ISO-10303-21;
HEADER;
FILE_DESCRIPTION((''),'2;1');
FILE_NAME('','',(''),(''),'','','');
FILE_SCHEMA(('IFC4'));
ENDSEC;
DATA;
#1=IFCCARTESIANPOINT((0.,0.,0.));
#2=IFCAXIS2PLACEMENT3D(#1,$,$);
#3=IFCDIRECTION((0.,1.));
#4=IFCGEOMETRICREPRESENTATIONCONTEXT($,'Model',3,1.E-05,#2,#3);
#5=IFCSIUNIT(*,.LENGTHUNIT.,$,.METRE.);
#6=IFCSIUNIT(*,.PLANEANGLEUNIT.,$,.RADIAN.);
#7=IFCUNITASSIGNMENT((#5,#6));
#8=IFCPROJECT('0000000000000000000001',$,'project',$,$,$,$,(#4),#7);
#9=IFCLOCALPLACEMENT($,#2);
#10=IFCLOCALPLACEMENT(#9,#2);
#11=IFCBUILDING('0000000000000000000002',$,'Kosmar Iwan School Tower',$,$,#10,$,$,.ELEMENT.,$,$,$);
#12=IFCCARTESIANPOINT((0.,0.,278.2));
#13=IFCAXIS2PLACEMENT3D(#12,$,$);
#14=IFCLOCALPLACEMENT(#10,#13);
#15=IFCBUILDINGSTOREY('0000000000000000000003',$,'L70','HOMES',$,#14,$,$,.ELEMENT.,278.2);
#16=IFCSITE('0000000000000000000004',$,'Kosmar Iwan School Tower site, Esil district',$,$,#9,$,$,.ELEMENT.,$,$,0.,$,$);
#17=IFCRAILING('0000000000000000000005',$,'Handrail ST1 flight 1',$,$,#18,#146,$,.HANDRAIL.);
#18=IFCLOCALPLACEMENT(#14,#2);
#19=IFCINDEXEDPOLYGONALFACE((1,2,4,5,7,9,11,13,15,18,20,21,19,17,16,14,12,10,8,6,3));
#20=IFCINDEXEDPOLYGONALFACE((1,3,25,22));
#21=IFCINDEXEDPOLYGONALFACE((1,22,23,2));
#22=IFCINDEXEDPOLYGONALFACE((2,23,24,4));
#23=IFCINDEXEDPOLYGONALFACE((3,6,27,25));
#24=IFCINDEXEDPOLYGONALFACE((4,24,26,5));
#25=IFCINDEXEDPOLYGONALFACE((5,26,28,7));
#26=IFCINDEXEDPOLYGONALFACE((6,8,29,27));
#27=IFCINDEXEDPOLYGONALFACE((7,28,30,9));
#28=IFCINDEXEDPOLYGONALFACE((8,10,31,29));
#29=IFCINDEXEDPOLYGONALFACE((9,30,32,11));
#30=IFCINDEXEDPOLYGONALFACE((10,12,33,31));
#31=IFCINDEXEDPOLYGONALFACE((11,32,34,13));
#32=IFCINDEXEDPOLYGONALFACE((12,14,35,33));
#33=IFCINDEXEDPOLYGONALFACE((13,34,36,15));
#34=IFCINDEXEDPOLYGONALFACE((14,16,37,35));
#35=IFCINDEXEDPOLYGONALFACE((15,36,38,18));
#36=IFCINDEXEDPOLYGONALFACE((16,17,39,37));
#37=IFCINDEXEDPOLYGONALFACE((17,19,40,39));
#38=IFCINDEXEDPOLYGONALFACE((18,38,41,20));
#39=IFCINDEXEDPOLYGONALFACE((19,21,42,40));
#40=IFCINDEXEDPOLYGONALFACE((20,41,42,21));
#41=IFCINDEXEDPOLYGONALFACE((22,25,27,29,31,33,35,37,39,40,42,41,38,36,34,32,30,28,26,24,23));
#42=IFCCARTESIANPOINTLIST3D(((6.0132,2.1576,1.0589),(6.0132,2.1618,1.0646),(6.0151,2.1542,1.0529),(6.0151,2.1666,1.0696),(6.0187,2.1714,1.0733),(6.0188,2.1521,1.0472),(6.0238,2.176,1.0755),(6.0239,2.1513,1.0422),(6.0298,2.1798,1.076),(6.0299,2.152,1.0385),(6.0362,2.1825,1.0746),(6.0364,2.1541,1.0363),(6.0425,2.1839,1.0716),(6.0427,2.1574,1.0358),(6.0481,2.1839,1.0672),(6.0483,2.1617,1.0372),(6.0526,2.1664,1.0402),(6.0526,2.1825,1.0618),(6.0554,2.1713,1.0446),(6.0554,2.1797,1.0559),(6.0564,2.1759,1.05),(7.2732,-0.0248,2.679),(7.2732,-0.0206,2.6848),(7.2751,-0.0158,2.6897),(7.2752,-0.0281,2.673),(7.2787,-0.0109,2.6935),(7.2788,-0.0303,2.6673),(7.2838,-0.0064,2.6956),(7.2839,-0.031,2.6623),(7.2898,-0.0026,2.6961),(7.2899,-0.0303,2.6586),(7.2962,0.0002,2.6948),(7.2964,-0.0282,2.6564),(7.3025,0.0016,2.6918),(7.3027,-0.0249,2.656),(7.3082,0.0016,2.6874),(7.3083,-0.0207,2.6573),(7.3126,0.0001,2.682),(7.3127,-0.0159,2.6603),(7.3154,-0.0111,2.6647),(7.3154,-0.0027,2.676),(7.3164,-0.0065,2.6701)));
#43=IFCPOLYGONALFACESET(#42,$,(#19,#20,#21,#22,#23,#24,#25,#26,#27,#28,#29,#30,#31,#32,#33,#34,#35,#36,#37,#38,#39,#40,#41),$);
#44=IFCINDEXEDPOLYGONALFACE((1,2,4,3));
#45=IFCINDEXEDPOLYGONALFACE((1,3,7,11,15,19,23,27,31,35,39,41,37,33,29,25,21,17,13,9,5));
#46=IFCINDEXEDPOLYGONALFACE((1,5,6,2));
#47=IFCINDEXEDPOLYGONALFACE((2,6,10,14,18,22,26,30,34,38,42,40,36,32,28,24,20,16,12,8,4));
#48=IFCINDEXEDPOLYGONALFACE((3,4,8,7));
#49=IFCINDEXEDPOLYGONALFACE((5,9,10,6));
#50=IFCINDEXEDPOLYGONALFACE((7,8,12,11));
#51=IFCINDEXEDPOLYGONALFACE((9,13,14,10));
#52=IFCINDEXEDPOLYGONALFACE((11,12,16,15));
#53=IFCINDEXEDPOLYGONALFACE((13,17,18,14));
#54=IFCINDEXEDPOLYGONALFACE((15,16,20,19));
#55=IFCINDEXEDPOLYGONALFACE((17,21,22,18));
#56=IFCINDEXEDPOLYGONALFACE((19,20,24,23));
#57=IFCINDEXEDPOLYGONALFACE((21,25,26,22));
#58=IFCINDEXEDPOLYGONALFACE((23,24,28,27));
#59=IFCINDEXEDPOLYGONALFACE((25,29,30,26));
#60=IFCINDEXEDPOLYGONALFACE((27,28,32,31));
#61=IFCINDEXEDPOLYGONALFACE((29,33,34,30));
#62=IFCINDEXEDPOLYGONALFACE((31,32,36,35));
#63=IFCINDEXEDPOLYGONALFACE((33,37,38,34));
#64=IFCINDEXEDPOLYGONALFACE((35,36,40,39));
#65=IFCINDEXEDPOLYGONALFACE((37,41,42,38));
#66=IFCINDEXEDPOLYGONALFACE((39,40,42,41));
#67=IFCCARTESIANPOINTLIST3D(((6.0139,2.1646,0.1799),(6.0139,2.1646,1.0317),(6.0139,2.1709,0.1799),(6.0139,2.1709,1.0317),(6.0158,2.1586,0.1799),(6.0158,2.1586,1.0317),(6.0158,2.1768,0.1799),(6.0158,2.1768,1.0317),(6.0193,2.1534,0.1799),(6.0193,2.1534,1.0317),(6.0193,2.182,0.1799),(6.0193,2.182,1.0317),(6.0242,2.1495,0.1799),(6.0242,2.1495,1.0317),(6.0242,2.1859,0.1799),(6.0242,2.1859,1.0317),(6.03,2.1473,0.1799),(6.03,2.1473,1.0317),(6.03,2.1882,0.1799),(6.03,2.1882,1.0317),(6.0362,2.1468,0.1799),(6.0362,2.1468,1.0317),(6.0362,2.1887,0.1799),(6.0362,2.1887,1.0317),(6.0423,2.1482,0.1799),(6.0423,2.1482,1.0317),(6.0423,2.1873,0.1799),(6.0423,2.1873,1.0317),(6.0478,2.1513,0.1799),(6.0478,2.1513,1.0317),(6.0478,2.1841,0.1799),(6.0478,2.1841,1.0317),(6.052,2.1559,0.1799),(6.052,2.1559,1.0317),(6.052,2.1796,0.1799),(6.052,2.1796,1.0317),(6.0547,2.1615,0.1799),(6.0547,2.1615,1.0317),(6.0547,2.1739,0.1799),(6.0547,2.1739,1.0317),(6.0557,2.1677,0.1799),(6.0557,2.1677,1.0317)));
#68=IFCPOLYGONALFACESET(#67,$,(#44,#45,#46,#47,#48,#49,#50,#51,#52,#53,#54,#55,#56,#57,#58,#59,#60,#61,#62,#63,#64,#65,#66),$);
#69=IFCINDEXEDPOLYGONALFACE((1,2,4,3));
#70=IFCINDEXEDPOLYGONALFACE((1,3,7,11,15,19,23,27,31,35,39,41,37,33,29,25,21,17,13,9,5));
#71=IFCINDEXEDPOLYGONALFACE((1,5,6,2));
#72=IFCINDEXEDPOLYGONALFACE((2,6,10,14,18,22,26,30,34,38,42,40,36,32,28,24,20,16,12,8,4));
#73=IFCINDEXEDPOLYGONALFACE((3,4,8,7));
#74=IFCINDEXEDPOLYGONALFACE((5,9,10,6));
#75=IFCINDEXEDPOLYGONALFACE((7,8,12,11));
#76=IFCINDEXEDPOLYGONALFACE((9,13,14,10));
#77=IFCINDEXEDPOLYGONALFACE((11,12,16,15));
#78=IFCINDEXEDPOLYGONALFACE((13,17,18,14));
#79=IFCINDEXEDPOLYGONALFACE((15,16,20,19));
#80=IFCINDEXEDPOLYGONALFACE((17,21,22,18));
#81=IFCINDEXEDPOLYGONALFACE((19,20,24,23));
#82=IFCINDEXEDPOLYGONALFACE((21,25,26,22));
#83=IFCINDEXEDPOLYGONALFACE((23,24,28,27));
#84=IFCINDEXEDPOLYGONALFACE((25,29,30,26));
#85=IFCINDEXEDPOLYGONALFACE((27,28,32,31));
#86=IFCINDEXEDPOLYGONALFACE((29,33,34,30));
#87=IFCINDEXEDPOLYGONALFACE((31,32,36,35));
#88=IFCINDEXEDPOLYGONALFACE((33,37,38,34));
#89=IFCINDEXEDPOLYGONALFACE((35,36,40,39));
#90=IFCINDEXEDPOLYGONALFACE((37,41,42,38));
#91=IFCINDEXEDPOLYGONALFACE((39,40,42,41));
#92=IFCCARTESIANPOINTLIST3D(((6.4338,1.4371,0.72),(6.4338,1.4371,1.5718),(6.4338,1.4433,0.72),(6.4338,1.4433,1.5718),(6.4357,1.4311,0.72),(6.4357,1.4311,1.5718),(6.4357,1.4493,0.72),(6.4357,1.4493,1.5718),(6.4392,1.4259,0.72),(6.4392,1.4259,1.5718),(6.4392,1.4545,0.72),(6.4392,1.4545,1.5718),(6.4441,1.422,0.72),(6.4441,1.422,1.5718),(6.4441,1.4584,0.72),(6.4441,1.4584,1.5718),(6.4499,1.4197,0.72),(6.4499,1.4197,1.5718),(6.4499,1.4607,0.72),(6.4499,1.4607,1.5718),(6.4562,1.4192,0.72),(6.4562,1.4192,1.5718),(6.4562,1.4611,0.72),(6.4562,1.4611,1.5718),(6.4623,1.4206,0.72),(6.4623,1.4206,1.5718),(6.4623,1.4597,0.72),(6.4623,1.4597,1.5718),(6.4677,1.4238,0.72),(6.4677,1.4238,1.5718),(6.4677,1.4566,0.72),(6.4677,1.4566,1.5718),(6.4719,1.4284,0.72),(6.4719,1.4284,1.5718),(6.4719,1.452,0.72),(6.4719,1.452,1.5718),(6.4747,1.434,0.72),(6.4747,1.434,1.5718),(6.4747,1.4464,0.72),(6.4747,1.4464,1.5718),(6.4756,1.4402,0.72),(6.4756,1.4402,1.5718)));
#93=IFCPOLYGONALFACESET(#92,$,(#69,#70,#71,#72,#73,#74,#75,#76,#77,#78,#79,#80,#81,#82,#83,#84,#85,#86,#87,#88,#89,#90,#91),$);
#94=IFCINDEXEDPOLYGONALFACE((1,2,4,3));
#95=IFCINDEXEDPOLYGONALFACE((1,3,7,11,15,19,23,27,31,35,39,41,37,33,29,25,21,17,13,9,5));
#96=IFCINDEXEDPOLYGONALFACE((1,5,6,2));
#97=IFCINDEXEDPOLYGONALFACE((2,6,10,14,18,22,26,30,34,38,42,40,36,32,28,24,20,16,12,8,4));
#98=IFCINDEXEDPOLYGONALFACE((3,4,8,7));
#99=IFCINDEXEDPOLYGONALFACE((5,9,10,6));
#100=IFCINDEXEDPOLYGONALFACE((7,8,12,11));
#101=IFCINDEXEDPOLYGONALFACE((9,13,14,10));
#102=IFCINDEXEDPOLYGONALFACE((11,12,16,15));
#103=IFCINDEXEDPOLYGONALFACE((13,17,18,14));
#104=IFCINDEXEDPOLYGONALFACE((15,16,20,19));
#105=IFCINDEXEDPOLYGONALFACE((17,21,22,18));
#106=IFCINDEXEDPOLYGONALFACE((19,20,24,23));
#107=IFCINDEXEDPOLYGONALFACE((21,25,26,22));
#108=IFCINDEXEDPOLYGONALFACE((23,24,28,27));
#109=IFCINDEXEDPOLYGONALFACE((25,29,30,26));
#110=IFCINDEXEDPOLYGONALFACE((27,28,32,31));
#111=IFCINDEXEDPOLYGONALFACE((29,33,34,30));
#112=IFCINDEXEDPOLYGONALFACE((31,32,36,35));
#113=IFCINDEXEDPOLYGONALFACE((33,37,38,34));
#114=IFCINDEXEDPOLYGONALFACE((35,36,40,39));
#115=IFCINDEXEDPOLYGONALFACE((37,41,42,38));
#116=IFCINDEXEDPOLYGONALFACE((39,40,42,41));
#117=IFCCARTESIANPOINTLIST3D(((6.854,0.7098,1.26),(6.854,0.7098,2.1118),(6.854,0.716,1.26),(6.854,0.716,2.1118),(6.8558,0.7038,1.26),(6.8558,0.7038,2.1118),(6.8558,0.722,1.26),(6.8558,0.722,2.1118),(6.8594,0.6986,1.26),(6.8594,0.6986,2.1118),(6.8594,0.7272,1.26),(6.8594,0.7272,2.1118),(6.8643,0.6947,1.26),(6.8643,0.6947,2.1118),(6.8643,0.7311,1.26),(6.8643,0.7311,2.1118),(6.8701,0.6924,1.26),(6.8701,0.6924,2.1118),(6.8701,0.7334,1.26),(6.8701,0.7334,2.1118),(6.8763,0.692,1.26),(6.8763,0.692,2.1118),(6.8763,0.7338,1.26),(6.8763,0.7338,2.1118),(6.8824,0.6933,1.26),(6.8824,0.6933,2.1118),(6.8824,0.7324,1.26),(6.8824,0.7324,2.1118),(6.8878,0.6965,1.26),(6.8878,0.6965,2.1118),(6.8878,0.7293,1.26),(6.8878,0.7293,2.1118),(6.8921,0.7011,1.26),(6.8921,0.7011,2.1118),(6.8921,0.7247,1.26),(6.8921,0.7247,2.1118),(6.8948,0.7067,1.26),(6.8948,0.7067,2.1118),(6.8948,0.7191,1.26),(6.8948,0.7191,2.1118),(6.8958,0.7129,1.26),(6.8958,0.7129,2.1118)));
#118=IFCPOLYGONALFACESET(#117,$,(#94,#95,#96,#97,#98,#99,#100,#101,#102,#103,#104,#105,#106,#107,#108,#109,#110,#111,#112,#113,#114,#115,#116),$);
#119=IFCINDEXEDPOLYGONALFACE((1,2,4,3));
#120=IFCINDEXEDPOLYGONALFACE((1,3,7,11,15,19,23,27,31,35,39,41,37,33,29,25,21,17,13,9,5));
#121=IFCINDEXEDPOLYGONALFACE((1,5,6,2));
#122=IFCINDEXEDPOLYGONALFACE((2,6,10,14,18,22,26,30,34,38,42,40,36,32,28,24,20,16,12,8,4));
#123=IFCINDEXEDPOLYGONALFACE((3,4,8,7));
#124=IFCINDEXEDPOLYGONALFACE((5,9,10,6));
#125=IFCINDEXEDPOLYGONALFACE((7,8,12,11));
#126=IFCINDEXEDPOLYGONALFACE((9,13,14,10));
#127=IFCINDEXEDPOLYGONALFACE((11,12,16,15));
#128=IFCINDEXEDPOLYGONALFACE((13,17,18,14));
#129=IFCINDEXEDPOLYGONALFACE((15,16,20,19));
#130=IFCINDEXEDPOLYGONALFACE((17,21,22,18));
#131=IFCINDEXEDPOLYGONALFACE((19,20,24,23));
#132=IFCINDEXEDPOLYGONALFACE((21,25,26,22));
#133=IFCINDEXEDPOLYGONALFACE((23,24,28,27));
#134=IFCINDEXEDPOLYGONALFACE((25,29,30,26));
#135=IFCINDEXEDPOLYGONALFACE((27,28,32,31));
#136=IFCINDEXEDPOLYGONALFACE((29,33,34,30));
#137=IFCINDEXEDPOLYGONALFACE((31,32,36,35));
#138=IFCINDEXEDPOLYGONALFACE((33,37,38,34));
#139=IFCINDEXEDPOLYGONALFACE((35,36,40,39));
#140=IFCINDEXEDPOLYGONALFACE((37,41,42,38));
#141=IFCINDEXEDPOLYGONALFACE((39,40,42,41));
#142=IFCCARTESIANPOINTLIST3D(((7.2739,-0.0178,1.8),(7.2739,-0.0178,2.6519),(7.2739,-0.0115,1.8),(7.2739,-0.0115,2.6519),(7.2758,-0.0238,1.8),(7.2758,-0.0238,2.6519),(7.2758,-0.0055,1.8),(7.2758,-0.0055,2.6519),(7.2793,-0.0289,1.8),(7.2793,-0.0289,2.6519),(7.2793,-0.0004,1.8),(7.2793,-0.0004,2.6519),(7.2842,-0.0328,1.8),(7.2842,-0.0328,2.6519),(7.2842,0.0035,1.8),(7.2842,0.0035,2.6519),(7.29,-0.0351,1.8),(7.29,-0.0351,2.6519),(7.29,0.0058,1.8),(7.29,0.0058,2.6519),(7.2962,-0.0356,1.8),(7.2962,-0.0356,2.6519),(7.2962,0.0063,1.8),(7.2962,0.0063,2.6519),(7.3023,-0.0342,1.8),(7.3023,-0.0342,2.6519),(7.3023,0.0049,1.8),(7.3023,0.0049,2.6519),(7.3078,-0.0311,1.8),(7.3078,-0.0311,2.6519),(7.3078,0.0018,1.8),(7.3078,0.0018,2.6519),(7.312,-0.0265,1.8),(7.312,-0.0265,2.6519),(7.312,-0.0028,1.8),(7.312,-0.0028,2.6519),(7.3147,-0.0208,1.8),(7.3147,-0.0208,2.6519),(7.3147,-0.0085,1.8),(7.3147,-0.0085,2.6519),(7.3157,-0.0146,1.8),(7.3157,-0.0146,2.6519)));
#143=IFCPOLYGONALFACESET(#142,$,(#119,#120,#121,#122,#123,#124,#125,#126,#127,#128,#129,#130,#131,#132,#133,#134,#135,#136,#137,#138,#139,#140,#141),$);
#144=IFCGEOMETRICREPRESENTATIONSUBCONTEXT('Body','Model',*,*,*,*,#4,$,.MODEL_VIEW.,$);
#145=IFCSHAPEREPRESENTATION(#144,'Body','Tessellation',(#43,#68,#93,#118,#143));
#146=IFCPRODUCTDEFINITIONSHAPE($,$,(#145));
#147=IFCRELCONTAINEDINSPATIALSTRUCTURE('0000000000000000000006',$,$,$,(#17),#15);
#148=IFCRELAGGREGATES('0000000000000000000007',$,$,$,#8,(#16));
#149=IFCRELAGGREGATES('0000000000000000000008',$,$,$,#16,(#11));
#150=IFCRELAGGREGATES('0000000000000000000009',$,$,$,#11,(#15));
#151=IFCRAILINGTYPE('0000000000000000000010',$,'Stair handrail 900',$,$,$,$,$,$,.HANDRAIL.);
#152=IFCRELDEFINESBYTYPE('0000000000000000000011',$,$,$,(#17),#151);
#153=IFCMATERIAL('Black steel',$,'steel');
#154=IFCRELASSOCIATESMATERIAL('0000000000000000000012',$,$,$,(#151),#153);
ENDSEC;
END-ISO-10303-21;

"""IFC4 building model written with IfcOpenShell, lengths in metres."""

from ifc_helpers import new_model, si_unit, direction, frame, origin, origin_2d, place, context, subcontext, project, spatial, circle, extrude, material, type_object, element, save


model = new_model("IFC4")

# Units and contexts
model_context = context("Model", 3, precision=1e-05, world=origin(), true_north=direction((0.0, 1.0)))
body_context = subcontext(model_context, "Body", "Model", "MODEL_VIEW")
ifc_project = project(units=[si_unit("LENGTHUNIT", "METRE"), si_unit("PLANEANGLEUNIT", "RADIAN")], contexts=[model_context])

# Site, building, storey
site_placement = place(None, origin())
site = spatial("IfcSite", under=ifc_project, at=site_placement, Name="Kosmar Iwan School Tower site, Esil district", CompositionType="ELEMENT", RefElevation=0.0)
building_placement = place(site_placement, origin())
building = spatial("IfcBuilding", under=site, at=building_placement, Name="Kosmar Iwan School Tower", CompositionType="ELEMENT")
storey_placement = place(building_placement, frame((0.0, 0.0, 278.2)))
storey = spatial("IfcBuildingStorey", under=building, at=storey_placement, Name="L70", Description="HOMES", CompositionType="ELEMENT", Elevation=278.2)

# Railing
ifc_material_1 = material(Name="Black steel", Category="steel")
railing_type = type_object("IfcRailingType", Name="Stair handrail 900", PredefinedType="HANDRAIL", material=ifc_material_1)
railing_placement = place(storey_placement, frame((6.0347, 2.1677, 0.1799)))
element("IfcRailing", 1, at=railing_placement, inside=storey, type_object=railing_type, Name="Handrail ST1 flight 1", PredefinedType="HANDRAIL", context=body_context, shape_type="SweptSolid", body=[
    extrude(circle(Radius=0.0239, at=origin_2d()), frame((0.0, 0.0, 0.876), z_axis=(0.420584, -0.728464, 0.540786), x_axis=(0.866023, 0.500005, 0.0)), (0.0, 0.0, 1.0), 2.9958),
    extrude(circle(Radius=0.021, at=origin_2d()), origin(), (0.0, 0.0, 1.0), 0.8518),
    extrude(circle(Radius=0.021, at=origin_2d()), frame((0.4199, -0.7275, 0.54)), (0.0, 0.0, 1.0), 0.8518),
    extrude(circle(Radius=0.021, at=origin_2d()), frame((0.8401, -1.4548, 1.0801)), (0.0, 0.0, 1.0), 0.8518),
    extrude(circle(Radius=0.021, at=origin_2d()), frame((1.26, -2.1824, 1.6201)), (0.0, 0.0, 1.0), 0.8518),
])

save(model, "model.ifc")
